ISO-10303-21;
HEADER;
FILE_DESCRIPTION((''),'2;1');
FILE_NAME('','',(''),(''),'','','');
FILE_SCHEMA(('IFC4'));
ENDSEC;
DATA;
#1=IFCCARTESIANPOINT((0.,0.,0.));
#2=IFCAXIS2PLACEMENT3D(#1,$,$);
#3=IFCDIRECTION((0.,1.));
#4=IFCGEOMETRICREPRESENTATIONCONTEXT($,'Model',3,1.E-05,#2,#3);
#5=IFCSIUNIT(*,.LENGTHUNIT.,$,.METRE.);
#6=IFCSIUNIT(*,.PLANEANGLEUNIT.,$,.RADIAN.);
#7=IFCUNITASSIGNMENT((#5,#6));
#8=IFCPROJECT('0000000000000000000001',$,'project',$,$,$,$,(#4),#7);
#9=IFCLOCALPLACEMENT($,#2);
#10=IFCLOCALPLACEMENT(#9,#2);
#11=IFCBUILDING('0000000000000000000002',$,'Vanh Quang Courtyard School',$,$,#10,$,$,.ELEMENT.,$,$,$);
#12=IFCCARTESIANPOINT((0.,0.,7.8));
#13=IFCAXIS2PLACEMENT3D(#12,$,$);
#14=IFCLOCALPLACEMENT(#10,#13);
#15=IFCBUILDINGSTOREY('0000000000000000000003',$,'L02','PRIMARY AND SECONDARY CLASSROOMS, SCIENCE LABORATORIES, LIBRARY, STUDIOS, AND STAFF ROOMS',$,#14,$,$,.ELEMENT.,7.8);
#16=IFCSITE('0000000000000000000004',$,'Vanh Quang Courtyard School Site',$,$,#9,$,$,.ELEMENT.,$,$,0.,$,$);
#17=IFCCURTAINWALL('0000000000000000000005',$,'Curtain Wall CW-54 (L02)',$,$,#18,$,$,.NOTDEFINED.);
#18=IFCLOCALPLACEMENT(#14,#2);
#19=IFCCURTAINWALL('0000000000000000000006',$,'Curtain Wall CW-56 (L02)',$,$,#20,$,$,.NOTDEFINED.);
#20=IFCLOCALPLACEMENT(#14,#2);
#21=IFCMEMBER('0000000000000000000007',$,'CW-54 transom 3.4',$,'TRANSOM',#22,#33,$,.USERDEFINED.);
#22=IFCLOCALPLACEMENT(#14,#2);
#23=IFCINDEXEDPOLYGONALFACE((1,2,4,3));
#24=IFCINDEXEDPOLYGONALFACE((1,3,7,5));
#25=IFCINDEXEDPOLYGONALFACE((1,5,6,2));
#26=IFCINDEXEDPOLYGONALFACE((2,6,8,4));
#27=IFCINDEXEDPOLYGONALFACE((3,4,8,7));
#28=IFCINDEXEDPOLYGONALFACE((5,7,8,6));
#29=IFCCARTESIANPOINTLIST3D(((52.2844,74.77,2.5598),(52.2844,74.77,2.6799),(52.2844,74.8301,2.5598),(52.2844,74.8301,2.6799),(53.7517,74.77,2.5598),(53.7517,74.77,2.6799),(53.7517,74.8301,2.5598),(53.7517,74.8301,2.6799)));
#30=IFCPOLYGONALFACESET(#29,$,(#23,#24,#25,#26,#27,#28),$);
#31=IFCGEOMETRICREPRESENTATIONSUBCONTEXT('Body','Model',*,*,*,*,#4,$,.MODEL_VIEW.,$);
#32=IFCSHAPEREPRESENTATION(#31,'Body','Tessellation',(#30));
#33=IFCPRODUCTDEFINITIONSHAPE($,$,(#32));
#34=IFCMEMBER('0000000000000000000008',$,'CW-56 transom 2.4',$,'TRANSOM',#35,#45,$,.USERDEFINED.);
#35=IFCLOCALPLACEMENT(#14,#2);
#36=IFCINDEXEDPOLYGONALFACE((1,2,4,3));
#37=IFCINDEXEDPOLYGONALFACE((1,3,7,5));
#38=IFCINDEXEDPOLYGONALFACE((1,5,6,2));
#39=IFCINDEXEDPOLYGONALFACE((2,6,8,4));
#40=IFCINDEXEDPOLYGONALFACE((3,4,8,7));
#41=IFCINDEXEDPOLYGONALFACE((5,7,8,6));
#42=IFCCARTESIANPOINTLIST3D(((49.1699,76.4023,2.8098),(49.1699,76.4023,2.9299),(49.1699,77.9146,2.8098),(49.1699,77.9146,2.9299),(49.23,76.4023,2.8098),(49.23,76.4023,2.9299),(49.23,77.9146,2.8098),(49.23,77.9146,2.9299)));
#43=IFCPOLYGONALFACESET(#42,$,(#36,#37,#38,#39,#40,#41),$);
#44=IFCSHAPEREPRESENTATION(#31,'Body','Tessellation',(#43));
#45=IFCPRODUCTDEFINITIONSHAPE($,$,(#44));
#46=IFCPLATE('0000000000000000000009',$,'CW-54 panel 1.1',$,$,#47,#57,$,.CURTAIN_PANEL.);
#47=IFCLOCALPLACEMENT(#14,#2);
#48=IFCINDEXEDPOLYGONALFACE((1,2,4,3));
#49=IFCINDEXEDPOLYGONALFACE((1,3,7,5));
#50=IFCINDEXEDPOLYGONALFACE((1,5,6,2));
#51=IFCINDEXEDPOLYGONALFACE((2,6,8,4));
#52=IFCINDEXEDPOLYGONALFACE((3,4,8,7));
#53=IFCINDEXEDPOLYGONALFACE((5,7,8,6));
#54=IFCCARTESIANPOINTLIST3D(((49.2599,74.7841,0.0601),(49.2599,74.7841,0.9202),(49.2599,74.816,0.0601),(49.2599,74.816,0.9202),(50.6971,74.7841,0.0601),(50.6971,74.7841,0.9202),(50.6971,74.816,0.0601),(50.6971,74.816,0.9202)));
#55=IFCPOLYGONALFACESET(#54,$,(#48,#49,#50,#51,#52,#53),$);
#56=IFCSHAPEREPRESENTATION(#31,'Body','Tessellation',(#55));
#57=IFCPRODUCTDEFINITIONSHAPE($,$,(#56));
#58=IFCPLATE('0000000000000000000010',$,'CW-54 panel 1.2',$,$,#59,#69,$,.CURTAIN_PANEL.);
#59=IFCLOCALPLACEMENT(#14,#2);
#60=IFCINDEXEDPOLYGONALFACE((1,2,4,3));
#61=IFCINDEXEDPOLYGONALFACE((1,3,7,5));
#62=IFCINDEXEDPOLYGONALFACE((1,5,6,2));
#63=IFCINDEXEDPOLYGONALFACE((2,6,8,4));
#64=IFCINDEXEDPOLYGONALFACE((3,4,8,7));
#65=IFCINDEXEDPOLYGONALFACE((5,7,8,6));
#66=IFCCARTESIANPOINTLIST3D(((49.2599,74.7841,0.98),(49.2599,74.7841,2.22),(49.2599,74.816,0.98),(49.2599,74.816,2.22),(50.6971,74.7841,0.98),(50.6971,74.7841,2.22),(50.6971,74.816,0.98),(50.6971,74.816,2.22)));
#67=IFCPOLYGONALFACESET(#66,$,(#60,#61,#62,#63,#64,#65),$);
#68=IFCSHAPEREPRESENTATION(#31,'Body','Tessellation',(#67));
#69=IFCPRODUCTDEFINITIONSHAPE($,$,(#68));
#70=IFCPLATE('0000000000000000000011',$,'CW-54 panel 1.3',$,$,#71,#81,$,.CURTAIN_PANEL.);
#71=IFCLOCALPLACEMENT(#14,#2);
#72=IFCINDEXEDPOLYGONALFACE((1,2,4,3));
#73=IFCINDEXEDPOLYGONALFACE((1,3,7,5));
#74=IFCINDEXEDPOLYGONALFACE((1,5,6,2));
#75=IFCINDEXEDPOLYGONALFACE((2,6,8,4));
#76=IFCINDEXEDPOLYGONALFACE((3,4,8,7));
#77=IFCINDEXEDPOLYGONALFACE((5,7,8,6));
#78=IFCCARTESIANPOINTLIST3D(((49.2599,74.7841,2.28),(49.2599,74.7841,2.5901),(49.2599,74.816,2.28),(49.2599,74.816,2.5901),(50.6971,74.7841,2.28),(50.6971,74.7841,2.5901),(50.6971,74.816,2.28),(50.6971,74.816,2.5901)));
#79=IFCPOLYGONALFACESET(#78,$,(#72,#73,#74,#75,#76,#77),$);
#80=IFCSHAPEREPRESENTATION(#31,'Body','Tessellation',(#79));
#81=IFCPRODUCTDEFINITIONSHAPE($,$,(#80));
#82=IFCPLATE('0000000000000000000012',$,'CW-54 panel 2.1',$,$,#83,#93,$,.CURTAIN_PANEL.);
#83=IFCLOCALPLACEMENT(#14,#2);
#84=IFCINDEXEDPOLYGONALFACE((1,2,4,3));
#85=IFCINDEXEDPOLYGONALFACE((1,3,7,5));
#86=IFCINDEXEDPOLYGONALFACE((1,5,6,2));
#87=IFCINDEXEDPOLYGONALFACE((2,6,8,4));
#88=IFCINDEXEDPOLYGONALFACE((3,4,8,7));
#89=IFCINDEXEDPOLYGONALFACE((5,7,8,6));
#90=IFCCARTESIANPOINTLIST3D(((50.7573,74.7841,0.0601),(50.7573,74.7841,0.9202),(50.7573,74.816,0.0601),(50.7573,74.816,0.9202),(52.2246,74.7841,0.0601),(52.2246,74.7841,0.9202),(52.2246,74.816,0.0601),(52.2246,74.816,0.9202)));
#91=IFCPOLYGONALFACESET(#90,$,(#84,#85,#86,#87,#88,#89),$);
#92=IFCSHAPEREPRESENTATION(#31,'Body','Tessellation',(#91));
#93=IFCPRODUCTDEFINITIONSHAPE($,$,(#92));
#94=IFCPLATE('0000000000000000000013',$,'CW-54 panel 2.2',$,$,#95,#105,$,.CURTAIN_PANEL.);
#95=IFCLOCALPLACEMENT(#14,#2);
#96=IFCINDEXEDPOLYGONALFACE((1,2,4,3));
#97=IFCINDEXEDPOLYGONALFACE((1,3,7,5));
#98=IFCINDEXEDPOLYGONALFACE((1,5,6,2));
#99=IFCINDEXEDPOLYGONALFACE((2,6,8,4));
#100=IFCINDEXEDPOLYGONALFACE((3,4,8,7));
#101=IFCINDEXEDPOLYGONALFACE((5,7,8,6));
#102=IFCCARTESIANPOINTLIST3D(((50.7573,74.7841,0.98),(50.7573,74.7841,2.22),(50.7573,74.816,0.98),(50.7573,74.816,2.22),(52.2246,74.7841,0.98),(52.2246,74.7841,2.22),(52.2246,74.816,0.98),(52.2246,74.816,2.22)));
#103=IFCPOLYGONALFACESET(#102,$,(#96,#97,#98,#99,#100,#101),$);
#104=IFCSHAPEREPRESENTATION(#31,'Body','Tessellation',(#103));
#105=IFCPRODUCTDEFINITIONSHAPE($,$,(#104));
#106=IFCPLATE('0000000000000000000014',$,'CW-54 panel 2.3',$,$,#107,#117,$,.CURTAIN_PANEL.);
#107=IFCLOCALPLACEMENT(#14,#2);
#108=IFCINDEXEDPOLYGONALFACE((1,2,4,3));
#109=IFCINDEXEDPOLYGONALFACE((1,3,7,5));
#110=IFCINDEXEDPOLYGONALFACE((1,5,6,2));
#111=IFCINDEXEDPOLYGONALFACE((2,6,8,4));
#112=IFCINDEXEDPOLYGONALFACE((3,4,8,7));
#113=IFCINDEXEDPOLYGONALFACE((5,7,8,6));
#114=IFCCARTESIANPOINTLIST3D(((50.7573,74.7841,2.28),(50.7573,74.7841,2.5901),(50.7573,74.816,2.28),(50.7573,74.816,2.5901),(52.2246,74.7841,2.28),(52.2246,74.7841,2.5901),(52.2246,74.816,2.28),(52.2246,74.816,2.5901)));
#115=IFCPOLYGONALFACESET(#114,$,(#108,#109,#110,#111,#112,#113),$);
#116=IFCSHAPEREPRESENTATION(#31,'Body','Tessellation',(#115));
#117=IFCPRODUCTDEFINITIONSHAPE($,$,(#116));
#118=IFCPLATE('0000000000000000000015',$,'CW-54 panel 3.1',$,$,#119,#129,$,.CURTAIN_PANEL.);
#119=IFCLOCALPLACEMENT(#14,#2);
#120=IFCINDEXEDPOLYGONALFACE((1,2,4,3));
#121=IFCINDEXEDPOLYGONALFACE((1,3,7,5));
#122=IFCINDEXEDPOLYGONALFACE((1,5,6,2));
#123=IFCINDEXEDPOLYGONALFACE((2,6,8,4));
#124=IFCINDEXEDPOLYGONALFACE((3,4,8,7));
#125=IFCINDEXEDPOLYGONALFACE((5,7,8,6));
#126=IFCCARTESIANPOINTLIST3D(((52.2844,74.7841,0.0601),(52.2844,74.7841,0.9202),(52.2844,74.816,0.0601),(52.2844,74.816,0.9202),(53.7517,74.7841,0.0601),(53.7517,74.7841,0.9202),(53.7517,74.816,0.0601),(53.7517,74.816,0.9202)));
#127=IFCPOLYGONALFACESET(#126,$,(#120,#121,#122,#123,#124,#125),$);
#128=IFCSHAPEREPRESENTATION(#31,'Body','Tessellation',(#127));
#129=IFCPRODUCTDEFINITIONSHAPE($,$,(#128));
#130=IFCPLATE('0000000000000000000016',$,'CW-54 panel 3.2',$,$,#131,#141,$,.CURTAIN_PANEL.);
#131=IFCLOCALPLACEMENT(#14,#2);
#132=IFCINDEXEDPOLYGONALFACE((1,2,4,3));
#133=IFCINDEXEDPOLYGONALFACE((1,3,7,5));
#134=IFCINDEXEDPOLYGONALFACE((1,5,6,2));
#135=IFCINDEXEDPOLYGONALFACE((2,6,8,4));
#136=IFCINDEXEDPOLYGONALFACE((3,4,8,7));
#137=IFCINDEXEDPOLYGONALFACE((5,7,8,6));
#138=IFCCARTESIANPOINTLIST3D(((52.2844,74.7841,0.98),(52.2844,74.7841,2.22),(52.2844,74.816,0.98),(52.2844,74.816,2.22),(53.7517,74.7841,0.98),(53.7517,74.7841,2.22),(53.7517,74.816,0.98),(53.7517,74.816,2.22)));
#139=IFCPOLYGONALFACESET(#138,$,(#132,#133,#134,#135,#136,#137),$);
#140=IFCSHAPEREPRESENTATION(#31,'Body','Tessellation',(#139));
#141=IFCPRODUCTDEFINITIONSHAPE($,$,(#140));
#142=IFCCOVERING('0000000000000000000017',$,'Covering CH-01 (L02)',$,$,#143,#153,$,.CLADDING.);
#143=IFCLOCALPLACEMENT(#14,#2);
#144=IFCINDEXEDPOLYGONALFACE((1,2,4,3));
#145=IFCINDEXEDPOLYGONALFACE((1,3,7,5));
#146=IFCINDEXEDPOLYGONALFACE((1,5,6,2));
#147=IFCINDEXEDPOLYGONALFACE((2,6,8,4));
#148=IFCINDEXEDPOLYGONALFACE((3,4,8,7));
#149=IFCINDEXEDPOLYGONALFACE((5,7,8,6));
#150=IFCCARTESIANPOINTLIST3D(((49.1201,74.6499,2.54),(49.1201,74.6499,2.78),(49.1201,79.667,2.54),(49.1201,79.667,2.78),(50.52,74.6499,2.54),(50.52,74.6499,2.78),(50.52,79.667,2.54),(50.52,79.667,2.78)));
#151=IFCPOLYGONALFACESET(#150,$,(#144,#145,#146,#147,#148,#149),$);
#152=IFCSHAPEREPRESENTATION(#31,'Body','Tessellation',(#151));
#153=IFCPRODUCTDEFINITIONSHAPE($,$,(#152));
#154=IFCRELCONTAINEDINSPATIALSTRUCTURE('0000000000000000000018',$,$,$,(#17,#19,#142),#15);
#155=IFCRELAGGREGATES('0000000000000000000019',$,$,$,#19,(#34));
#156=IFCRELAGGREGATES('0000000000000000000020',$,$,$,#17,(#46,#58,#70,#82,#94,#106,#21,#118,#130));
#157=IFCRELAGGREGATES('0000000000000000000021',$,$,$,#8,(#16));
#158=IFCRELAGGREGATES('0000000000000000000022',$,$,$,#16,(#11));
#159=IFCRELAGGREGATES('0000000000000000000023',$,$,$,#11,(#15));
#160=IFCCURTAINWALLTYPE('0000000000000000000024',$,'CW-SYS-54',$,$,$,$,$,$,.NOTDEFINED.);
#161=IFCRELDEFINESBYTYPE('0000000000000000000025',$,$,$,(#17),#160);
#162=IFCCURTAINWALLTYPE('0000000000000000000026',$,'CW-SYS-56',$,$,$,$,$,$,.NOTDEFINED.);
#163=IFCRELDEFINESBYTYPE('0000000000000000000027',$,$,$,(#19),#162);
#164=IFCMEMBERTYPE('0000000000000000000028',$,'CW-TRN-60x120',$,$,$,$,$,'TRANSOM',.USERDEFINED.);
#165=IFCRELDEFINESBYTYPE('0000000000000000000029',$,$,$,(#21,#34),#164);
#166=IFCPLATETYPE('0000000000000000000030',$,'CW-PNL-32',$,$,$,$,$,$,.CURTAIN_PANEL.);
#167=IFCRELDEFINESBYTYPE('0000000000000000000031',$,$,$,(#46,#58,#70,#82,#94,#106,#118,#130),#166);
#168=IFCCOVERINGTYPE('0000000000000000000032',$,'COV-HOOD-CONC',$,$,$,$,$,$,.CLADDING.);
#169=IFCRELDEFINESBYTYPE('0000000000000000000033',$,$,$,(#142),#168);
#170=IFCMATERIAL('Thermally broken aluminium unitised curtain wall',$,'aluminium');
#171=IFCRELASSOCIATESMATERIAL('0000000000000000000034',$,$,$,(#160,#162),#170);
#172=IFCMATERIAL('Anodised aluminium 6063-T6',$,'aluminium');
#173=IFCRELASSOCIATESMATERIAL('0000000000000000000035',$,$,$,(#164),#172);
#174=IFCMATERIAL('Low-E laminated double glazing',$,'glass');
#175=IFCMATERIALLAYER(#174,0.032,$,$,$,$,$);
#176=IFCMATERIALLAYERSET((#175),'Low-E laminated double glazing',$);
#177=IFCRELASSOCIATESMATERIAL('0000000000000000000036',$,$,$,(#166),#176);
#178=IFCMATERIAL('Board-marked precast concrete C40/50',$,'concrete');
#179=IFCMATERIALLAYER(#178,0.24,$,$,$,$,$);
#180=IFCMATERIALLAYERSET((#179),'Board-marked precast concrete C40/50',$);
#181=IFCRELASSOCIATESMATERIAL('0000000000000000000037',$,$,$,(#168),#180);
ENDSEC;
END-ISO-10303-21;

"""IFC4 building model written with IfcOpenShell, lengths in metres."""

from ifc_helpers import new_model, si_unit, direction, frame, origin, origin_2d, place, context, subcontext, project, spatial, rectangle, extrude, material, layer, layer_set, material_profile, profile_set, type_object, element, aggregate, save


model = new_model("IFC4")

# Units and contexts
model_context = context("Model", 3, precision=1e-05, world=origin(), true_north=direction((0.0, 1.0)))
body_context = subcontext(model_context, "Body", "Model", "MODEL_VIEW")
ifc_project = project(units=[si_unit("LENGTHUNIT", "METRE"), si_unit("PLANEANGLEUNIT", "RADIAN")], contexts=[model_context])

# Site, building, storey
site_placement = place(None, origin())
site = spatial("IfcSite", under=ifc_project, at=site_placement, Name="Vanh Quang Courtyard School Site", CompositionType="ELEMENT", RefElevation=0.0)
building_placement = place(site_placement, origin())
building = spatial("IfcBuilding", under=site, at=building_placement, Name="Vanh Quang Courtyard School", CompositionType="ELEMENT")
storey_placement = place(building_placement, frame((0.0, 0.0, 7.8)))
storey = spatial("IfcBuildingStorey", under=building, at=storey_placement, Name="L02", Description="PRIMARY AND SECONDARY CLASSROOMS, SCIENCE LABORATORIES, LIBRARY, STUDIOS, AND STAFF ROOMS", CompositionType="ELEMENT", Elevation=7.8)

# Curtain wall
ifc_material_1 = material(Name="Thermally broken aluminium unitised curtain wall", Category="aluminium")
curtain_wall_type_1 = type_object("IfcCurtainWallType", Name="CW-SYS-54", PredefinedType="NOTDEFINED", material=ifc_material_1)
curtain_wall_1_placement = place(storey_placement, origin())
curtain_wall_1 = element("IfcCurtainWall", 1, at=curtain_wall_1_placement, inside=storey, type_object=curtain_wall_type_1, Name="Curtain Wall CW-54 (L02)", PredefinedType="NOTDEFINED")
ifc_material_2 = material(Name="Anodised aluminium 6063-T6", Category="aluminium")

# Curtain wall
curtain_wall_type_2 = type_object("IfcCurtainWallType", Name="CW-SYS-56", PredefinedType="NOTDEFINED", material=ifc_material_1)
curtain_wall_2_placement = place(storey_placement, origin())
curtain_wall_2 = element("IfcCurtainWall", 2, at=curtain_wall_2_placement, inside=storey, type_object=curtain_wall_type_2, Name="Curtain Wall CW-56 (L02)", PredefinedType="NOTDEFINED")

# Members
ifc_material_profile_1 = material_profile(ifc_material_2, rectangle(XDim=0.0601, YDim=0.1201, at=origin_2d()), Name="ALU-TRN 60x120")
ifc_profile_set_1 = profile_set([ifc_material_profile_1], Name="Anodised aluminium 6063-T6")
member_type_1 = type_object("IfcMemberType", Name="CW-TRN-60x120", ElementType="TRANSOM", PredefinedType="USERDEFINED", material=ifc_profile_set_1)
member_1_placement = place(storey_placement, frame((52.2844, 74.8, 2.6199), z_axis=(1.0, 0.0, 0.0), x_axis=(0.0, 1.0, 0.0)))
member_1 = element("IfcMember", 3, at=member_1_placement, type_object=member_type_1, Name="CW-54 transom 3.4", ObjectType="TRANSOM", PredefinedType="USERDEFINED", context=body_context, shape_type="SweptSolid", body=[
    extrude(rectangle(XDim=0.0601, YDim=0.1201, at=origin_2d()), origin(), (0.0, 0.0, 1.0), 1.4673),
])
member_2_placement = place(storey_placement, frame((49.2, 77.9146, 2.8699), z_axis=(0.0, -1.0, 0.0), x_axis=(1.0, 0.0, 0.0)))
member_2 = element("IfcMember", 4, at=member_2_placement, type_object=member_type_1, Name="CW-56 transom 2.4", ObjectType="TRANSOM", PredefinedType="USERDEFINED", context=body_context, shape_type="SweptSolid", body=[
    extrude(rectangle(XDim=0.0601, YDim=0.1201, at=origin_2d()), origin(), (0.0, 0.0, 1.0), 1.5122),
])
aggregate(curtain_wall_2, [member_2])

# Plates
ifc_material_3 = material(Name="Low-E laminated double glazing", Category="glass")
ifc_layer_1 = layer(ifc_material_3, 0.032)
ifc_layer_set_1 = layer_set([ifc_layer_1], Name="Low-E laminated double glazing")
plate_type = type_object("IfcPlateType", Name="CW-PNL-32", PredefinedType="CURTAIN_PANEL", material=ifc_layer_set_1)
plate_1_placement = place(storey_placement, frame((49.9785, 74.8, 0.0601), z_axis=(0.0, 0.0, 1.0), x_axis=(1.0, 0.0, 0.0)))
plate_1 = element("IfcPlate", 5, at=plate_1_placement, type_object=plate_type, Name="CW-54 panel 1.1", PredefinedType="CURTAIN_PANEL", context=body_context, shape_type="SweptSolid", body=[
    extrude(rectangle(XDim=1.4373, YDim=0.032, at=origin_2d()), origin(), (0.0, 0.0, 1.0), 0.8601),
])
plate_2_placement = place(storey_placement, frame((49.9785, 74.8, 0.98), z_axis=(0.0, 0.0, 1.0), x_axis=(1.0, 0.0, 0.0)))
plate_2 = element("IfcPlate", 6, at=plate_2_placement, type_object=plate_type, Name="CW-54 panel 1.2", PredefinedType="CURTAIN_PANEL", context=body_context, shape_type="SweptSolid", body=[
    extrude(rectangle(XDim=1.4373, YDim=0.032, at=origin_2d()), origin(), (0.0, 0.0, 1.0), 1.24),
])
plate_3_placement = place(storey_placement, frame((49.9785, 74.8, 2.28), z_axis=(0.0, 0.0, 1.0), x_axis=(1.0, 0.0, 0.0)))
plate_3 = element("IfcPlate", 7, at=plate_3_placement, type_object=plate_type, Name="CW-54 panel 1.3", PredefinedType="CURTAIN_PANEL", context=body_context, shape_type="SweptSolid", body=[
    extrude(rectangle(XDim=1.4373, YDim=0.032, at=origin_2d()), origin(), (0.0, 0.0, 1.0), 0.3101),
])
plate_4_placement = place(storey_placement, frame((51.491, 74.8, 0.0601), z_axis=(0.0, 0.0, 1.0), x_axis=(1.0, 0.0, 0.0)))
plate_4 = element("IfcPlate", 8, at=plate_4_placement, type_object=plate_type, Name="CW-54 panel 2.1", PredefinedType="CURTAIN_PANEL", context=body_context, shape_type="SweptSolid", body=[
    extrude(rectangle(XDim=1.4673, YDim=0.032, at=origin_2d()), origin(), (0.0, 0.0, 1.0), 0.8601),
])
plate_5_placement = place(storey_placement, frame((51.491, 74.8, 0.98), z_axis=(0.0, 0.0, 1.0), x_axis=(1.0, 0.0, 0.0)))
plate_5 = element("IfcPlate", 9, at=plate_5_placement, type_object=plate_type, Name="CW-54 panel 2.2", PredefinedType="CURTAIN_PANEL", context=body_context, shape_type="SweptSolid", body=[
    extrude(rectangle(XDim=1.4673, YDim=0.032, at=origin_2d()), origin(), (0.0, 0.0, 1.0), 1.24),
])
plate_6_placement = place(storey_placement, frame((51.491, 74.8, 2.28), z_axis=(0.0, 0.0, 1.0), x_axis=(1.0, 0.0, 0.0)))
plate_6 = element("IfcPlate", 10, at=plate_6_placement, type_object=plate_type, Name="CW-54 panel 2.3", PredefinedType="CURTAIN_PANEL", context=body_context, shape_type="SweptSolid", body=[
    extrude(rectangle(XDim=1.4673, YDim=0.032, at=origin_2d()), origin(), (0.0, 0.0, 1.0), 0.3101),
])
plate_7_placement = place(storey_placement, frame((53.0181, 74.8, 0.0601), z_axis=(0.0, 0.0, 1.0), x_axis=(1.0, 0.0, 0.0)))
plate_7 = element("IfcPlate", 11, at=plate_7_placement, type_object=plate_type, Name="CW-54 panel 3.1", PredefinedType="CURTAIN_PANEL", context=body_context, shape_type="SweptSolid", body=[
    extrude(rectangle(XDim=1.4673, YDim=0.032, at=origin_2d()), origin(), (0.0, 0.0, 1.0), 0.8601),
])
plate_8_placement = place(storey_placement, frame((53.0181, 74.8, 0.98), z_axis=(0.0, 0.0, 1.0), x_axis=(1.0, 0.0, 0.0)))
plate_8 = element("IfcPlate", 12, at=plate_8_placement, type_object=plate_type, Name="CW-54 panel 3.2", PredefinedType="CURTAIN_PANEL", context=body_context, shape_type="SweptSolid", body=[
    extrude(rectangle(XDim=1.4673, YDim=0.032, at=origin_2d()), origin(), (0.0, 0.0, 1.0), 1.24),
])
aggregate(curtain_wall_1, [plate_1, plate_2, plate_3, plate_4, plate_5, plate_6, member_1, plate_7, plate_8])

# Covering
ifc_material_4 = material(Name="Board-marked precast concrete C40/50", Category="concrete")
ifc_layer_2 = layer(ifc_material_4, 0.24)
ifc_layer_set_2 = layer_set([ifc_layer_2], Name="Board-marked precast concrete C40/50")
covering_type = type_object("IfcCoveringType", Name="COV-HOOD-CONC", PredefinedType="CLADDING", material=ifc_layer_set_2)
covering_placement = place(storey_placement, frame((49.8201, 77.1584, 2.54), z_axis=(0.0, 0.0, 1.0), x_axis=(0.0, -1.0, 0.0)))
element("IfcCovering", 13, at=covering_placement, inside=storey, type_object=covering_type, Name="Covering CH-01 (L02)", PredefinedType="CLADDING", context=body_context, shape_type="SweptSolid", body=[
    extrude(rectangle(XDim=5.0171, YDim=1.3999, at=origin_2d()), origin(), (0.0, 0.0, 1.0), 0.24),
])

save(model, "model.ifc")
